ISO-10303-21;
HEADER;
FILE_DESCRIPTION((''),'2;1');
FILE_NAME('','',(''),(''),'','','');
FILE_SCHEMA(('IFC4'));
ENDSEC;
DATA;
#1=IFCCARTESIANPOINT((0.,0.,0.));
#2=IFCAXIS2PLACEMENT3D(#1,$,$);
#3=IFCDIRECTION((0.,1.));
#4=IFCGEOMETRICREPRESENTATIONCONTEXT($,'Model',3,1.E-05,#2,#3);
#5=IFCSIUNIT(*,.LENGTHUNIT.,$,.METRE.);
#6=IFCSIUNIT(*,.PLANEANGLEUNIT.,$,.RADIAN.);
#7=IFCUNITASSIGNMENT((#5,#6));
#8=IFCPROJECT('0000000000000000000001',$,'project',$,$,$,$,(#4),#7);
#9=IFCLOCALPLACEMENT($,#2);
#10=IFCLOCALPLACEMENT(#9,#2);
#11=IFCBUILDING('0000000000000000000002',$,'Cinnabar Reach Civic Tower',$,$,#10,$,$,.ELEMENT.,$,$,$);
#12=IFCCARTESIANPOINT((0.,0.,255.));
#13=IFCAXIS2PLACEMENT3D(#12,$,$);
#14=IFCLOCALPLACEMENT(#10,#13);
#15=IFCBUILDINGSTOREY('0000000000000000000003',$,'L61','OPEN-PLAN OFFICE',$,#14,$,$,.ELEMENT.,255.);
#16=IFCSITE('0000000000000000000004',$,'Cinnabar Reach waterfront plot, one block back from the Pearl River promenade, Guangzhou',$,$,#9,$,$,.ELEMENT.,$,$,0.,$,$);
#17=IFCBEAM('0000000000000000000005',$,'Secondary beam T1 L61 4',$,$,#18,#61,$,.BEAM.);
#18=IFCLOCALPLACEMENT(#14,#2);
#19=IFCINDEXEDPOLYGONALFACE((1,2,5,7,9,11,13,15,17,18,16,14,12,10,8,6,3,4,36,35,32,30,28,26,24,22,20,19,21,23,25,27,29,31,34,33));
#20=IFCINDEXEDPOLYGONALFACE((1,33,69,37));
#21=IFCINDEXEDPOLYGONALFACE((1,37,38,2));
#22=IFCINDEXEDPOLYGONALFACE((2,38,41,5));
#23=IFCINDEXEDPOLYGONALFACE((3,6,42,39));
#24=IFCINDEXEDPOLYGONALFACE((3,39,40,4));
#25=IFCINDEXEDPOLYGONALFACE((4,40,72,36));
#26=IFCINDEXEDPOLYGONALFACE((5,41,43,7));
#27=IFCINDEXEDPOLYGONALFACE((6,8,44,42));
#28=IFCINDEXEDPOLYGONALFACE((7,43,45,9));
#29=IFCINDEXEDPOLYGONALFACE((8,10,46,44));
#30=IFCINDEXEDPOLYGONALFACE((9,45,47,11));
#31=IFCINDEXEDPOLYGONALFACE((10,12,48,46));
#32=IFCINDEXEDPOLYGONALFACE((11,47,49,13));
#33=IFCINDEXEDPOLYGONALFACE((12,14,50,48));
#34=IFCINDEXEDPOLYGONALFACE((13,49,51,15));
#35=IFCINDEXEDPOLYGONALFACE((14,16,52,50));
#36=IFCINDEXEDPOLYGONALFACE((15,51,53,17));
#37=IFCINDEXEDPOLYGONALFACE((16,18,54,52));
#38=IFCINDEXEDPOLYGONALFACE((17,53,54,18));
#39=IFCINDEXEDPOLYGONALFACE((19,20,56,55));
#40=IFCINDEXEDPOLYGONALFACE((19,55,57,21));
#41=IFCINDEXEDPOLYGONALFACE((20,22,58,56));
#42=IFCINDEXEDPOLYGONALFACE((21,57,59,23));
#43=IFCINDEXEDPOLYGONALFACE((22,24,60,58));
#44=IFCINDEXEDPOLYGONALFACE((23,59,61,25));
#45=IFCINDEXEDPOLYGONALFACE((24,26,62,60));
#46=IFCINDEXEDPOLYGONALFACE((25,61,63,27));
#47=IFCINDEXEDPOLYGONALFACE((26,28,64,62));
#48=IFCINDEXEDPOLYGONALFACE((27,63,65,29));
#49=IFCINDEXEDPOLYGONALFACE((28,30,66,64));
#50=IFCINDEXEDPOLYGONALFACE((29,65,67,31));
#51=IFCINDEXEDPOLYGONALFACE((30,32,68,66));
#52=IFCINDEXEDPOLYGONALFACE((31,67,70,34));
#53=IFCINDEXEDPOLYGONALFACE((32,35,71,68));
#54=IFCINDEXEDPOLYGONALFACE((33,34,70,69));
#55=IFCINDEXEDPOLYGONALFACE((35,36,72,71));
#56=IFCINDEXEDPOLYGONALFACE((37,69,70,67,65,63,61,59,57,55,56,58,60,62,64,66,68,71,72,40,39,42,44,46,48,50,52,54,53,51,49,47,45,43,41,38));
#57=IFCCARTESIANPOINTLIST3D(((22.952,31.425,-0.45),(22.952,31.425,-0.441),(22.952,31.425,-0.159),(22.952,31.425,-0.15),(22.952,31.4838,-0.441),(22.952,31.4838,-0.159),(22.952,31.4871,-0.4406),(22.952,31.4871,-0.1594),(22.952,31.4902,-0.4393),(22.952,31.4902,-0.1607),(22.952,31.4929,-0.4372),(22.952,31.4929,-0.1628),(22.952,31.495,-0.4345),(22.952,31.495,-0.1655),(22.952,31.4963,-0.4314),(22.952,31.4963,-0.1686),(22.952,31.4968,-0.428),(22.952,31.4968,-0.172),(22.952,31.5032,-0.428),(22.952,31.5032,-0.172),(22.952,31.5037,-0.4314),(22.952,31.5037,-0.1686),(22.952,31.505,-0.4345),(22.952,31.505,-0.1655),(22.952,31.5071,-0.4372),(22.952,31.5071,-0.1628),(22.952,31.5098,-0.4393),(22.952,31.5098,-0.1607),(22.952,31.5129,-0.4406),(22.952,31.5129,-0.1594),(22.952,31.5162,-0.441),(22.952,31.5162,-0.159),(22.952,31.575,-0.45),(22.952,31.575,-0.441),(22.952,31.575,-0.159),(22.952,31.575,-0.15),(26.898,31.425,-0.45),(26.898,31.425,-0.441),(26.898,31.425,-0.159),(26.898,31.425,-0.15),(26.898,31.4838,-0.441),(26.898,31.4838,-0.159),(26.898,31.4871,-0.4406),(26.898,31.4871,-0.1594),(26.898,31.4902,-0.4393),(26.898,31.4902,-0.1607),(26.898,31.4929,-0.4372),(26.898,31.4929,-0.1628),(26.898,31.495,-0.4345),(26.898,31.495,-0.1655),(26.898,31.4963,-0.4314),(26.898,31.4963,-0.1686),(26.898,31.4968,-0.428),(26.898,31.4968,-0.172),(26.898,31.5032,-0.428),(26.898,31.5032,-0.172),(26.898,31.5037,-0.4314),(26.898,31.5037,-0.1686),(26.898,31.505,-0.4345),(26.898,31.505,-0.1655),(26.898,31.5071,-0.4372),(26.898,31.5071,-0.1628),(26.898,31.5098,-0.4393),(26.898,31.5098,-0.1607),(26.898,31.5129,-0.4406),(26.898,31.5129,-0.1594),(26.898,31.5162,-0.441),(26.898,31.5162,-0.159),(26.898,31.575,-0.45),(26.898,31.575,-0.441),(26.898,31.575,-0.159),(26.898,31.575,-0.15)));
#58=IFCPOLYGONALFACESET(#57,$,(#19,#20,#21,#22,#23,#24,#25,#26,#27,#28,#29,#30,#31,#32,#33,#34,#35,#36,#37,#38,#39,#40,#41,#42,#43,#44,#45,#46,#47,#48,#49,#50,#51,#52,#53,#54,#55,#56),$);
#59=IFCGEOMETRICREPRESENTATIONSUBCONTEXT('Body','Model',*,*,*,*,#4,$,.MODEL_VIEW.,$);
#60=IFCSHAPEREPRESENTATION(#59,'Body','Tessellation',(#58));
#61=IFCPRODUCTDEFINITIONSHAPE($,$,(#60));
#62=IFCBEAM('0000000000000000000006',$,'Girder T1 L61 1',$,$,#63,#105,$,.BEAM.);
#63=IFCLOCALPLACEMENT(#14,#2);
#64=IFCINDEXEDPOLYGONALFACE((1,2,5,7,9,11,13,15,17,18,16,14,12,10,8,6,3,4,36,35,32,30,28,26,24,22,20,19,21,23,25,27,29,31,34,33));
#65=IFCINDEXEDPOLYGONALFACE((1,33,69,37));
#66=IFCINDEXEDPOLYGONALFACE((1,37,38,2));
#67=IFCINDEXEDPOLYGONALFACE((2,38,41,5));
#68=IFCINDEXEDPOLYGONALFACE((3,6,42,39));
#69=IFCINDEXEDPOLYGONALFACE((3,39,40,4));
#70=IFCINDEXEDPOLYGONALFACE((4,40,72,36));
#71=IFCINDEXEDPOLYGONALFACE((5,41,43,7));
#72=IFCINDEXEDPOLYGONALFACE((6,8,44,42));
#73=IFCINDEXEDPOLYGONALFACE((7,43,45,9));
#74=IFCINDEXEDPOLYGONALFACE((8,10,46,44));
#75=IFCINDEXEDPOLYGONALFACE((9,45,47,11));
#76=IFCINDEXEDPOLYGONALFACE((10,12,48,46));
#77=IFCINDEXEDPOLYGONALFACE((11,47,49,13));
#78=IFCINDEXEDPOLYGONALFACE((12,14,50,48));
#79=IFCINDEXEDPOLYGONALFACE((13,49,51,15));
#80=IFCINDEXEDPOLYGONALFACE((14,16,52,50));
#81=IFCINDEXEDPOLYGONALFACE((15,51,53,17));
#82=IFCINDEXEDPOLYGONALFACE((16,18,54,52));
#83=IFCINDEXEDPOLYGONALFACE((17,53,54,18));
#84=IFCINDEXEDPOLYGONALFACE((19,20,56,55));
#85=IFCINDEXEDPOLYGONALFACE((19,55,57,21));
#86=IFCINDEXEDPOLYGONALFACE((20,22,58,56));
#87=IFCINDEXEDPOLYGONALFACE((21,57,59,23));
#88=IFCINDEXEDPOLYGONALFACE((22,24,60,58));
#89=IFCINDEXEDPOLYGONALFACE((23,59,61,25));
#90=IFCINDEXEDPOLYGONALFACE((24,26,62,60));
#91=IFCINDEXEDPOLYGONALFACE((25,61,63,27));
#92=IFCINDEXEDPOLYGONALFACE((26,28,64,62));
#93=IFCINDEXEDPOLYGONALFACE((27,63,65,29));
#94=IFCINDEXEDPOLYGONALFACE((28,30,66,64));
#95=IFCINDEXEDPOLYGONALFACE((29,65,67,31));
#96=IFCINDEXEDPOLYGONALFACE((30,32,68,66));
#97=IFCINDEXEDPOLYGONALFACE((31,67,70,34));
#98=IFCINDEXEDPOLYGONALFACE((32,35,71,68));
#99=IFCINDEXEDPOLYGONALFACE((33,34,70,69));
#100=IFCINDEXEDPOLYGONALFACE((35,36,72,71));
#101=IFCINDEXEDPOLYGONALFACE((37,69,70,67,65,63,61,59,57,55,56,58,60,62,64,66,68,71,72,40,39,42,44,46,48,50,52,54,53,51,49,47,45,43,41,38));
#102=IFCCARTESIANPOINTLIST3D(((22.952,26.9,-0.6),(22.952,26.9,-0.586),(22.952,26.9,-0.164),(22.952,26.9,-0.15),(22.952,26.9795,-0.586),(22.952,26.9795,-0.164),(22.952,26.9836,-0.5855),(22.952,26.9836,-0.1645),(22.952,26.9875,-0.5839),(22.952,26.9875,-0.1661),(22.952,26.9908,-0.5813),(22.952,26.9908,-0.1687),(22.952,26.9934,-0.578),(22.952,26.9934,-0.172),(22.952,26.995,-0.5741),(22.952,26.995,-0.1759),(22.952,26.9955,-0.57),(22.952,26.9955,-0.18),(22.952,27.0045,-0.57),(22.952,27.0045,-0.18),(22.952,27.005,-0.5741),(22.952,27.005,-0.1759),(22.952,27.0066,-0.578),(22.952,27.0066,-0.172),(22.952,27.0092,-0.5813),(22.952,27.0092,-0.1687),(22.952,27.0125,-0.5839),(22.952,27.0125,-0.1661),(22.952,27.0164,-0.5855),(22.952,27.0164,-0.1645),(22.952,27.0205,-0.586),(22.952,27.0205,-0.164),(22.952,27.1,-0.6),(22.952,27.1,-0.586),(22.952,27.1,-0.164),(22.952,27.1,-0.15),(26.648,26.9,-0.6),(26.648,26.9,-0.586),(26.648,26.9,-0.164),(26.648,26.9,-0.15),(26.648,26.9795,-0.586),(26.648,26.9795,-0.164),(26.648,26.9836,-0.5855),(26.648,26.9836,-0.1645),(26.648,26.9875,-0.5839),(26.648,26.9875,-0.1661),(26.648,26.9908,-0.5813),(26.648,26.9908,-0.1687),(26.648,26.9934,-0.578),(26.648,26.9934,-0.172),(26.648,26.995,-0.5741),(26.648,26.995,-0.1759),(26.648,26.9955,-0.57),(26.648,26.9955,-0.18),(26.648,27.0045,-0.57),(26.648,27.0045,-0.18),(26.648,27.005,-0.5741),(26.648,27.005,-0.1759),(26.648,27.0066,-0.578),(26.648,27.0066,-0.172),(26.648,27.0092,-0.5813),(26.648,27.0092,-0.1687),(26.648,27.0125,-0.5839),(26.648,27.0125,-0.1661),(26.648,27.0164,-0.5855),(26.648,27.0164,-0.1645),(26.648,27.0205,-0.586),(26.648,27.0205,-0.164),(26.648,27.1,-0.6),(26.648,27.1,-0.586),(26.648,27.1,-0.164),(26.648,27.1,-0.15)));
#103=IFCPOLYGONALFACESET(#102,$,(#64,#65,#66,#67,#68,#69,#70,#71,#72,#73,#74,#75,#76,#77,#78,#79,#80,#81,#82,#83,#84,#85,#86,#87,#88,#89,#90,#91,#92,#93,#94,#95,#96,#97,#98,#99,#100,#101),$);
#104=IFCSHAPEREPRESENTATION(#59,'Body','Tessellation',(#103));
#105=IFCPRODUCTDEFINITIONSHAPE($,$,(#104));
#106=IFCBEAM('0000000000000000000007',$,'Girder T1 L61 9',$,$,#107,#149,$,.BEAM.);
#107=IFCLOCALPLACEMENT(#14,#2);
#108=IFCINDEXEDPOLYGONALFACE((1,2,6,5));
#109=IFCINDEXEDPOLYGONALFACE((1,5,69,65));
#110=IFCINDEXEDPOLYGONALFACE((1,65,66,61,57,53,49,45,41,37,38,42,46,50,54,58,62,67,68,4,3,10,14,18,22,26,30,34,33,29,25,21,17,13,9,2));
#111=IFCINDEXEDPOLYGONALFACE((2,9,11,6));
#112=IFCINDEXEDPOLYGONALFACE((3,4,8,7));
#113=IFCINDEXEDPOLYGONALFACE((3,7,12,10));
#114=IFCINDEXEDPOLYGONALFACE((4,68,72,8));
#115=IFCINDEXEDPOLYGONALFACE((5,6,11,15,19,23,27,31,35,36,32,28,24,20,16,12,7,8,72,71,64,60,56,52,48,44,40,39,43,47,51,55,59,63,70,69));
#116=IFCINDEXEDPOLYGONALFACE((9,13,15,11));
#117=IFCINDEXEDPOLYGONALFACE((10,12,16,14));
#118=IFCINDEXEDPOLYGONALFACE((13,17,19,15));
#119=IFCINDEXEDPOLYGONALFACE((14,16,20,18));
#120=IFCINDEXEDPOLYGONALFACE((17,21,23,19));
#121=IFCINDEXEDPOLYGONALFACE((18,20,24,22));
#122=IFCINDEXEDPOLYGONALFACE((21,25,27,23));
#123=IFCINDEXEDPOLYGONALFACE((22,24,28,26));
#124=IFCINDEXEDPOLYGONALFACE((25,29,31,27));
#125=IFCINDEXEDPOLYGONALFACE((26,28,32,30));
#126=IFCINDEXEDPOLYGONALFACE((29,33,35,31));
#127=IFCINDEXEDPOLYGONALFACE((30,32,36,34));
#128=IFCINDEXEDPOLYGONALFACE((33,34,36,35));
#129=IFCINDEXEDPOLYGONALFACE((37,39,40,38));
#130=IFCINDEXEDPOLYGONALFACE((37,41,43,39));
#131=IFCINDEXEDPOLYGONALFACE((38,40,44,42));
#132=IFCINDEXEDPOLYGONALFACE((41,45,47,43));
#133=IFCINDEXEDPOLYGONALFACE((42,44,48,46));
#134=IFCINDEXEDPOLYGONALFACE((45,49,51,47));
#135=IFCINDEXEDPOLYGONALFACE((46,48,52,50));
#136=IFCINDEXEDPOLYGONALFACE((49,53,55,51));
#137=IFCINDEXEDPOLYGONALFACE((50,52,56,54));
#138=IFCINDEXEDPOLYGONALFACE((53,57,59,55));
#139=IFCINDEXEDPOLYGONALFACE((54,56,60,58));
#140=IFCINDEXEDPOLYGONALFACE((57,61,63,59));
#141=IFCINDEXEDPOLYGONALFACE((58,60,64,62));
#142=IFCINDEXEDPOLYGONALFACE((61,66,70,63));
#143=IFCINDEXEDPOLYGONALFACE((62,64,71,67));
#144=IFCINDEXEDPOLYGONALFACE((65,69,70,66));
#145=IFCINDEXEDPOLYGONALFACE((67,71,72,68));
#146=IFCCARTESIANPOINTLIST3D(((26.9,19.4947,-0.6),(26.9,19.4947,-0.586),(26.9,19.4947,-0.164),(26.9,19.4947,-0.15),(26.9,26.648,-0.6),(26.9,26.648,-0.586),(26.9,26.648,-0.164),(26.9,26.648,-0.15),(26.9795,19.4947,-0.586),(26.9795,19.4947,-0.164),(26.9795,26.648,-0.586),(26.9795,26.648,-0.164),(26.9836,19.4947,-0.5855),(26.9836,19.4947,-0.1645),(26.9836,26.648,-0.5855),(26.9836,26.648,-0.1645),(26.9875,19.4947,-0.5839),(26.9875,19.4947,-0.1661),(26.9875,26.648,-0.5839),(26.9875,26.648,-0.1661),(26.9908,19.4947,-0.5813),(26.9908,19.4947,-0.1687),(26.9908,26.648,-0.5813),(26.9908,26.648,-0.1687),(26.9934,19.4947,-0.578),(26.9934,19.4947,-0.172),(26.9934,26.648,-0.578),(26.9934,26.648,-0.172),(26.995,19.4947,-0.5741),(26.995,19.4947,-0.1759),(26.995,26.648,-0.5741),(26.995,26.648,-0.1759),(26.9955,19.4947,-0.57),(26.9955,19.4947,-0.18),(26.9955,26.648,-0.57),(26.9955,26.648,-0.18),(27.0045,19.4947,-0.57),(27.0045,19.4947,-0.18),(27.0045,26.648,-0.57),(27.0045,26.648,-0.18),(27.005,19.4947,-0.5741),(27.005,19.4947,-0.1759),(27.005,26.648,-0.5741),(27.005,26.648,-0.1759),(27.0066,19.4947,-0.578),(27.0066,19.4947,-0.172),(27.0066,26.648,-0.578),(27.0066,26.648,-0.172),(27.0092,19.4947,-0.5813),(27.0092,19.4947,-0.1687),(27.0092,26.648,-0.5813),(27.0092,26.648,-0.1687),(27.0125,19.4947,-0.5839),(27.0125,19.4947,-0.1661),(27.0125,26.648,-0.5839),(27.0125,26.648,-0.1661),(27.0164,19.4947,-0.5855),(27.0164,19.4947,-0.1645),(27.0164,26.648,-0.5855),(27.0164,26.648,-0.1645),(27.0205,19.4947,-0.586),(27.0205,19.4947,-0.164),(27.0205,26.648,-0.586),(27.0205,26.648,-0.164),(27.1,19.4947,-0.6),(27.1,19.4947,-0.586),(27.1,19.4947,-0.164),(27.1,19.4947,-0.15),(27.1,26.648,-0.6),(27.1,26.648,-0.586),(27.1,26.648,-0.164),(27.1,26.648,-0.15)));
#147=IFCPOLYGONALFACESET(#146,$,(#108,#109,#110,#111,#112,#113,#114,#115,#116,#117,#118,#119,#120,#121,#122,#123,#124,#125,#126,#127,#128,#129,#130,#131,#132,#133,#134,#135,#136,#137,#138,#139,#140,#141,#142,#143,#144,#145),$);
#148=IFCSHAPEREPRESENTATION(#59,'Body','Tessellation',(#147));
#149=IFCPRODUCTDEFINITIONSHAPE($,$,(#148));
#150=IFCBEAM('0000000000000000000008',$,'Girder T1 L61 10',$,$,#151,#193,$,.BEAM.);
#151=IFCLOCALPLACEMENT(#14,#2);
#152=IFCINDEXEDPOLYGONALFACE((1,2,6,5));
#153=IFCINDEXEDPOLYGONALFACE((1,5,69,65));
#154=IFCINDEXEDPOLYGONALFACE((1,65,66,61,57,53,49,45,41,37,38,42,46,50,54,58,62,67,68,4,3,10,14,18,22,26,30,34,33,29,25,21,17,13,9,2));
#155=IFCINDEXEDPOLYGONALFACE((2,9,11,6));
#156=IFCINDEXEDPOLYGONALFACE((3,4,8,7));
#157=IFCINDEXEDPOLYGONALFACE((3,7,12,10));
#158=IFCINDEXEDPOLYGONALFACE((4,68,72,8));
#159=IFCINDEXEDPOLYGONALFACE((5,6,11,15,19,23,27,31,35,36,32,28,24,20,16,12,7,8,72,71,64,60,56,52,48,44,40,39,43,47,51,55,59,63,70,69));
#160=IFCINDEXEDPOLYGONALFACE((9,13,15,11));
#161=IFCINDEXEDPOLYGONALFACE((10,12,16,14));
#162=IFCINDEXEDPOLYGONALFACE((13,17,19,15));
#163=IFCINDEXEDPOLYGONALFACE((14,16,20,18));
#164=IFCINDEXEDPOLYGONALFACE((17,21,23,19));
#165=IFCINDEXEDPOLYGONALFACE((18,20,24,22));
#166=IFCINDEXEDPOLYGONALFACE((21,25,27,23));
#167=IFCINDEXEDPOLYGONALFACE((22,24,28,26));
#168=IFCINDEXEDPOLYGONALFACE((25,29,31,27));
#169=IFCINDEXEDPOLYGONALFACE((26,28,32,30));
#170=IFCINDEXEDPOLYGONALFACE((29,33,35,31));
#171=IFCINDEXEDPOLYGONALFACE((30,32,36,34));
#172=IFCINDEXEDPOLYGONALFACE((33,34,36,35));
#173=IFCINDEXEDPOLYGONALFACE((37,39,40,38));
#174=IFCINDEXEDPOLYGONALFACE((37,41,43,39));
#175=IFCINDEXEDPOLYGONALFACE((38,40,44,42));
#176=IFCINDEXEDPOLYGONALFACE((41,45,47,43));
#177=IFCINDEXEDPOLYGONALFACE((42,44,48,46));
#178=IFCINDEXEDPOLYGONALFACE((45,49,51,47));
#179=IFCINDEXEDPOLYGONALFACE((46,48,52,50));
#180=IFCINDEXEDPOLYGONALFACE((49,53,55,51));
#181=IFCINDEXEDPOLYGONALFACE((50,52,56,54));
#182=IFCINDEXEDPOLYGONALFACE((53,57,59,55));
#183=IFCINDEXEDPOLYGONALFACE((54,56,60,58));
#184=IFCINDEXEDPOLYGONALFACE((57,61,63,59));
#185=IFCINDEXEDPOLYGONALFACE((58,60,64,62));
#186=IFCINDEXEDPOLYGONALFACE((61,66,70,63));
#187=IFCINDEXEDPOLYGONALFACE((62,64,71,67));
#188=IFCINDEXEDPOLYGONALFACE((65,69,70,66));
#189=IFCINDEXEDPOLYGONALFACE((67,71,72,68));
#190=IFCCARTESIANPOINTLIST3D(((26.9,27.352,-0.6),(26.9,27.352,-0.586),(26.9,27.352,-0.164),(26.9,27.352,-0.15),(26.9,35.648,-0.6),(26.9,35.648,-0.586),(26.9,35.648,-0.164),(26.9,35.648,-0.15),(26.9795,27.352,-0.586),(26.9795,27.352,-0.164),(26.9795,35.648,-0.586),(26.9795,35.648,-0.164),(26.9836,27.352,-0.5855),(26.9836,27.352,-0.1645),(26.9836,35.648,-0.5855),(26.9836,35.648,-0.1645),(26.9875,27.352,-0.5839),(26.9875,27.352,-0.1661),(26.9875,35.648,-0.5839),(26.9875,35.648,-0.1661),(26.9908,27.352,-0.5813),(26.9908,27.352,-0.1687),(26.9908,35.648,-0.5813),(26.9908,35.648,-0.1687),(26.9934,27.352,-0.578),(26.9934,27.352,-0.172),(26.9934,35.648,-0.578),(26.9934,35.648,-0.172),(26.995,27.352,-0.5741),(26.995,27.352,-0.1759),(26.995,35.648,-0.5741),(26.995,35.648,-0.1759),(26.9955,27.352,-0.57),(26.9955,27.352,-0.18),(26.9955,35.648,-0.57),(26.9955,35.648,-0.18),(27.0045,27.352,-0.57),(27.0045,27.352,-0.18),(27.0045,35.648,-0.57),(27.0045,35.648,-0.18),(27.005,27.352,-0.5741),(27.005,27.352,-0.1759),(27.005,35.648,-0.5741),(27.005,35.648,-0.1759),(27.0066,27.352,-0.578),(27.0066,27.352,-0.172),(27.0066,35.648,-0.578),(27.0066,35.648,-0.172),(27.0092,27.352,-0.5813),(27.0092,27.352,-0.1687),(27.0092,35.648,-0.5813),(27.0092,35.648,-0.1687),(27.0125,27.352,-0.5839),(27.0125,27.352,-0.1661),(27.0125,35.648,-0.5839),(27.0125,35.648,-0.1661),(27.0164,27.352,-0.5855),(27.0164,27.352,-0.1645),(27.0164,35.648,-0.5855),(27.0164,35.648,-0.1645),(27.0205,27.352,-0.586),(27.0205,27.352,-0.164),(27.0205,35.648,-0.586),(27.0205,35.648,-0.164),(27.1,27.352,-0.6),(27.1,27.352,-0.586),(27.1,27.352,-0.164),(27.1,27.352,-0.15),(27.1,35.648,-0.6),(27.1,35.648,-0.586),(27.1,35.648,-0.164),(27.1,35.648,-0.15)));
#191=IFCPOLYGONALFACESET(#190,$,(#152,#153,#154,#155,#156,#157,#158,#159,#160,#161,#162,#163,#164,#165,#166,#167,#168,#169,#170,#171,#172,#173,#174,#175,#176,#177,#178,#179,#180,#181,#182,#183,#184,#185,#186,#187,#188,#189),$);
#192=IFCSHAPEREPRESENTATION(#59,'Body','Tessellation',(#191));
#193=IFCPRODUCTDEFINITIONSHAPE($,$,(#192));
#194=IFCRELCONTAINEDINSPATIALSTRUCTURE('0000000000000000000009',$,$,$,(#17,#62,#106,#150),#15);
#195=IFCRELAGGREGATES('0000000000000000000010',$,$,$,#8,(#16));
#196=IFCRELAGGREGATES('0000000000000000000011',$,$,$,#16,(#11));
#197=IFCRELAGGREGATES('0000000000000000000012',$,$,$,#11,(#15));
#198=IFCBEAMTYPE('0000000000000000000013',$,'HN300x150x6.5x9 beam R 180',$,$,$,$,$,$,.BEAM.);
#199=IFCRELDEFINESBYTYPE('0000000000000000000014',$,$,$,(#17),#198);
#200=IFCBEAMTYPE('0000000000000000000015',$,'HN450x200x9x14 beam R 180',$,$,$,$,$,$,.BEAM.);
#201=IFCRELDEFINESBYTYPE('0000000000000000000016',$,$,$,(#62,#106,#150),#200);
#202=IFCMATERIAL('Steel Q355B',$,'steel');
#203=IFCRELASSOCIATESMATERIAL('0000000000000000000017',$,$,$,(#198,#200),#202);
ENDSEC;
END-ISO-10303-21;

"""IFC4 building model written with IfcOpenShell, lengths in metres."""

from ifc_helpers import new_model, si_unit, direction, frame, origin, origin_2d, place, context, subcontext, project, spatial, i_section, extrude, material, material_profile, profile_set, type_object, element, save


model = new_model("IFC4")

# Units and contexts
model_context = context("Model", 3, precision=1e-05, world=origin(), true_north=direction((0.0, 1.0)))
body_context = subcontext(model_context, "Body", "Model", "MODEL_VIEW")
ifc_project = project(units=[si_unit("LENGTHUNIT", "METRE"), si_unit("PLANEANGLEUNIT", "RADIAN")], contexts=[model_context])

# Site, building, storey
site_placement = place(None, origin())
site = spatial("IfcSite", under=ifc_project, at=site_placement, Name="Cinnabar Reach waterfront plot, one block back from the Pearl River promenade, Guangzhou", CompositionType="ELEMENT", RefElevation=0.0)
building_placement = place(site_placement, origin())
building = spatial("IfcBuilding", under=site, at=building_placement, Name="Cinnabar Reach Civic Tower", CompositionType="ELEMENT")
storey_placement = place(building_placement, frame((0.0, 0.0, 255.0)))
storey = spatial("IfcBuildingStorey", under=building, at=storey_placement, Name="L61", Description="OPEN-PLAN OFFICE", CompositionType="ELEMENT", Elevation=255.0)

# Beams
ifc_material_1 = material(Name="Steel Q355B", Category="steel")
ifc_material_profile_1 = material_profile(ifc_material_1, i_section(OverallWidth=0.15, OverallDepth=0.3, WebThickness=0.0065, FlangeThickness=0.009, FilletRadius=0.013, at=origin_2d()), Name="HN300x150x6.5x9")
ifc_profile_set_1 = profile_set([ifc_material_profile_1], Name="Steel Q355B")
beam_type_1 = type_object("IfcBeamType", Name="HN300x150x6.5x9 beam R 180", PredefinedType="BEAM", material=ifc_profile_set_1)
for number, where, z_axis, x_axis, name in (
    (1, (22.952, 31.5, -0.3), (1.0, 0.0, 0.0), (0.0, 1.0, 0.0), "Secondary beam T1 L61 4"),
):
    element("IfcBeam", number, at=place(storey_placement, frame(where, z_axis=z_axis, x_axis=x_axis)), inside=storey, type_object=beam_type_1, Name=name, PredefinedType="BEAM", context=body_context, shape_type="SweptSolid", body=[
        extrude(i_section(OverallWidth=0.15, OverallDepth=0.3, WebThickness=0.0065, FlangeThickness=0.009, FilletRadius=0.013, at=origin_2d()), origin(), (0.0, 0.0, 1.0), 3.946),
    ])
ifc_material_profile_2 = material_profile(ifc_material_1, i_section(OverallWidth=0.2, OverallDepth=0.45, WebThickness=0.009, FlangeThickness=0.014, FilletRadius=0.016, at=origin_2d()), Name="HN450x200x9x14")
ifc_profile_set_2 = profile_set([ifc_material_profile_2], Name="Steel Q355B")
beam_type_2 = type_object("IfcBeamType", Name="HN450x200x9x14 beam R 180", PredefinedType="BEAM", material=ifc_profile_set_2)
beam_1_placement = place(storey_placement, frame((22.952, 27.0, -0.375), z_axis=(1.0, 0.0, 0.0), x_axis=(0.0, 1.0, 0.0)))
element("IfcBeam", 2, at=beam_1_placement, inside=storey, type_object=beam_type_2, Name="Girder T1 L61 1", PredefinedType="BEAM", context=body_context, shape_type="SweptSolid", body=[
    extrude(i_section(OverallWidth=0.2, OverallDepth=0.45, WebThickness=0.009, FlangeThickness=0.014, FilletRadius=0.016, at=origin_2d()), origin(), (0.0, 0.0, 1.0), 3.696),
])
beam_2_placement = place(storey_placement, frame((27.0, 19.4947, -0.375), z_axis=(0.0, 1.0, 0.0), x_axis=(-1.0, 0.0, 0.0)))
element("IfcBeam", 3, at=beam_2_placement, inside=storey, type_object=beam_type_2, Name="Girder T1 L61 9", PredefinedType="BEAM", context=body_context, shape_type="SweptSolid", body=[
    extrude(i_section(OverallWidth=0.2, OverallDepth=0.45, WebThickness=0.009, FlangeThickness=0.014, FilletRadius=0.016, at=origin_2d()), origin(), (0.0, 0.0, 1.0), 7.1533),
])
beam_3_placement = place(storey_placement, frame((27.0, 27.352, -0.375), z_axis=(0.0, 1.0, 0.0), x_axis=(-1.0, 0.0, 0.0)))
element("IfcBeam", 4, at=beam_3_placement, inside=storey, type_object=beam_type_2, Name="Girder T1 L61 10", PredefinedType="BEAM", context=body_context, shape_type="SweptSolid", body=[
    extrude(i_section(OverallWidth=0.2, OverallDepth=0.45, WebThickness=0.009, FlangeThickness=0.014, FilletRadius=0.016, at=origin_2d()), origin(), (0.0, 0.0, 1.0), 8.296),
])

save(model, "model.ifc")
